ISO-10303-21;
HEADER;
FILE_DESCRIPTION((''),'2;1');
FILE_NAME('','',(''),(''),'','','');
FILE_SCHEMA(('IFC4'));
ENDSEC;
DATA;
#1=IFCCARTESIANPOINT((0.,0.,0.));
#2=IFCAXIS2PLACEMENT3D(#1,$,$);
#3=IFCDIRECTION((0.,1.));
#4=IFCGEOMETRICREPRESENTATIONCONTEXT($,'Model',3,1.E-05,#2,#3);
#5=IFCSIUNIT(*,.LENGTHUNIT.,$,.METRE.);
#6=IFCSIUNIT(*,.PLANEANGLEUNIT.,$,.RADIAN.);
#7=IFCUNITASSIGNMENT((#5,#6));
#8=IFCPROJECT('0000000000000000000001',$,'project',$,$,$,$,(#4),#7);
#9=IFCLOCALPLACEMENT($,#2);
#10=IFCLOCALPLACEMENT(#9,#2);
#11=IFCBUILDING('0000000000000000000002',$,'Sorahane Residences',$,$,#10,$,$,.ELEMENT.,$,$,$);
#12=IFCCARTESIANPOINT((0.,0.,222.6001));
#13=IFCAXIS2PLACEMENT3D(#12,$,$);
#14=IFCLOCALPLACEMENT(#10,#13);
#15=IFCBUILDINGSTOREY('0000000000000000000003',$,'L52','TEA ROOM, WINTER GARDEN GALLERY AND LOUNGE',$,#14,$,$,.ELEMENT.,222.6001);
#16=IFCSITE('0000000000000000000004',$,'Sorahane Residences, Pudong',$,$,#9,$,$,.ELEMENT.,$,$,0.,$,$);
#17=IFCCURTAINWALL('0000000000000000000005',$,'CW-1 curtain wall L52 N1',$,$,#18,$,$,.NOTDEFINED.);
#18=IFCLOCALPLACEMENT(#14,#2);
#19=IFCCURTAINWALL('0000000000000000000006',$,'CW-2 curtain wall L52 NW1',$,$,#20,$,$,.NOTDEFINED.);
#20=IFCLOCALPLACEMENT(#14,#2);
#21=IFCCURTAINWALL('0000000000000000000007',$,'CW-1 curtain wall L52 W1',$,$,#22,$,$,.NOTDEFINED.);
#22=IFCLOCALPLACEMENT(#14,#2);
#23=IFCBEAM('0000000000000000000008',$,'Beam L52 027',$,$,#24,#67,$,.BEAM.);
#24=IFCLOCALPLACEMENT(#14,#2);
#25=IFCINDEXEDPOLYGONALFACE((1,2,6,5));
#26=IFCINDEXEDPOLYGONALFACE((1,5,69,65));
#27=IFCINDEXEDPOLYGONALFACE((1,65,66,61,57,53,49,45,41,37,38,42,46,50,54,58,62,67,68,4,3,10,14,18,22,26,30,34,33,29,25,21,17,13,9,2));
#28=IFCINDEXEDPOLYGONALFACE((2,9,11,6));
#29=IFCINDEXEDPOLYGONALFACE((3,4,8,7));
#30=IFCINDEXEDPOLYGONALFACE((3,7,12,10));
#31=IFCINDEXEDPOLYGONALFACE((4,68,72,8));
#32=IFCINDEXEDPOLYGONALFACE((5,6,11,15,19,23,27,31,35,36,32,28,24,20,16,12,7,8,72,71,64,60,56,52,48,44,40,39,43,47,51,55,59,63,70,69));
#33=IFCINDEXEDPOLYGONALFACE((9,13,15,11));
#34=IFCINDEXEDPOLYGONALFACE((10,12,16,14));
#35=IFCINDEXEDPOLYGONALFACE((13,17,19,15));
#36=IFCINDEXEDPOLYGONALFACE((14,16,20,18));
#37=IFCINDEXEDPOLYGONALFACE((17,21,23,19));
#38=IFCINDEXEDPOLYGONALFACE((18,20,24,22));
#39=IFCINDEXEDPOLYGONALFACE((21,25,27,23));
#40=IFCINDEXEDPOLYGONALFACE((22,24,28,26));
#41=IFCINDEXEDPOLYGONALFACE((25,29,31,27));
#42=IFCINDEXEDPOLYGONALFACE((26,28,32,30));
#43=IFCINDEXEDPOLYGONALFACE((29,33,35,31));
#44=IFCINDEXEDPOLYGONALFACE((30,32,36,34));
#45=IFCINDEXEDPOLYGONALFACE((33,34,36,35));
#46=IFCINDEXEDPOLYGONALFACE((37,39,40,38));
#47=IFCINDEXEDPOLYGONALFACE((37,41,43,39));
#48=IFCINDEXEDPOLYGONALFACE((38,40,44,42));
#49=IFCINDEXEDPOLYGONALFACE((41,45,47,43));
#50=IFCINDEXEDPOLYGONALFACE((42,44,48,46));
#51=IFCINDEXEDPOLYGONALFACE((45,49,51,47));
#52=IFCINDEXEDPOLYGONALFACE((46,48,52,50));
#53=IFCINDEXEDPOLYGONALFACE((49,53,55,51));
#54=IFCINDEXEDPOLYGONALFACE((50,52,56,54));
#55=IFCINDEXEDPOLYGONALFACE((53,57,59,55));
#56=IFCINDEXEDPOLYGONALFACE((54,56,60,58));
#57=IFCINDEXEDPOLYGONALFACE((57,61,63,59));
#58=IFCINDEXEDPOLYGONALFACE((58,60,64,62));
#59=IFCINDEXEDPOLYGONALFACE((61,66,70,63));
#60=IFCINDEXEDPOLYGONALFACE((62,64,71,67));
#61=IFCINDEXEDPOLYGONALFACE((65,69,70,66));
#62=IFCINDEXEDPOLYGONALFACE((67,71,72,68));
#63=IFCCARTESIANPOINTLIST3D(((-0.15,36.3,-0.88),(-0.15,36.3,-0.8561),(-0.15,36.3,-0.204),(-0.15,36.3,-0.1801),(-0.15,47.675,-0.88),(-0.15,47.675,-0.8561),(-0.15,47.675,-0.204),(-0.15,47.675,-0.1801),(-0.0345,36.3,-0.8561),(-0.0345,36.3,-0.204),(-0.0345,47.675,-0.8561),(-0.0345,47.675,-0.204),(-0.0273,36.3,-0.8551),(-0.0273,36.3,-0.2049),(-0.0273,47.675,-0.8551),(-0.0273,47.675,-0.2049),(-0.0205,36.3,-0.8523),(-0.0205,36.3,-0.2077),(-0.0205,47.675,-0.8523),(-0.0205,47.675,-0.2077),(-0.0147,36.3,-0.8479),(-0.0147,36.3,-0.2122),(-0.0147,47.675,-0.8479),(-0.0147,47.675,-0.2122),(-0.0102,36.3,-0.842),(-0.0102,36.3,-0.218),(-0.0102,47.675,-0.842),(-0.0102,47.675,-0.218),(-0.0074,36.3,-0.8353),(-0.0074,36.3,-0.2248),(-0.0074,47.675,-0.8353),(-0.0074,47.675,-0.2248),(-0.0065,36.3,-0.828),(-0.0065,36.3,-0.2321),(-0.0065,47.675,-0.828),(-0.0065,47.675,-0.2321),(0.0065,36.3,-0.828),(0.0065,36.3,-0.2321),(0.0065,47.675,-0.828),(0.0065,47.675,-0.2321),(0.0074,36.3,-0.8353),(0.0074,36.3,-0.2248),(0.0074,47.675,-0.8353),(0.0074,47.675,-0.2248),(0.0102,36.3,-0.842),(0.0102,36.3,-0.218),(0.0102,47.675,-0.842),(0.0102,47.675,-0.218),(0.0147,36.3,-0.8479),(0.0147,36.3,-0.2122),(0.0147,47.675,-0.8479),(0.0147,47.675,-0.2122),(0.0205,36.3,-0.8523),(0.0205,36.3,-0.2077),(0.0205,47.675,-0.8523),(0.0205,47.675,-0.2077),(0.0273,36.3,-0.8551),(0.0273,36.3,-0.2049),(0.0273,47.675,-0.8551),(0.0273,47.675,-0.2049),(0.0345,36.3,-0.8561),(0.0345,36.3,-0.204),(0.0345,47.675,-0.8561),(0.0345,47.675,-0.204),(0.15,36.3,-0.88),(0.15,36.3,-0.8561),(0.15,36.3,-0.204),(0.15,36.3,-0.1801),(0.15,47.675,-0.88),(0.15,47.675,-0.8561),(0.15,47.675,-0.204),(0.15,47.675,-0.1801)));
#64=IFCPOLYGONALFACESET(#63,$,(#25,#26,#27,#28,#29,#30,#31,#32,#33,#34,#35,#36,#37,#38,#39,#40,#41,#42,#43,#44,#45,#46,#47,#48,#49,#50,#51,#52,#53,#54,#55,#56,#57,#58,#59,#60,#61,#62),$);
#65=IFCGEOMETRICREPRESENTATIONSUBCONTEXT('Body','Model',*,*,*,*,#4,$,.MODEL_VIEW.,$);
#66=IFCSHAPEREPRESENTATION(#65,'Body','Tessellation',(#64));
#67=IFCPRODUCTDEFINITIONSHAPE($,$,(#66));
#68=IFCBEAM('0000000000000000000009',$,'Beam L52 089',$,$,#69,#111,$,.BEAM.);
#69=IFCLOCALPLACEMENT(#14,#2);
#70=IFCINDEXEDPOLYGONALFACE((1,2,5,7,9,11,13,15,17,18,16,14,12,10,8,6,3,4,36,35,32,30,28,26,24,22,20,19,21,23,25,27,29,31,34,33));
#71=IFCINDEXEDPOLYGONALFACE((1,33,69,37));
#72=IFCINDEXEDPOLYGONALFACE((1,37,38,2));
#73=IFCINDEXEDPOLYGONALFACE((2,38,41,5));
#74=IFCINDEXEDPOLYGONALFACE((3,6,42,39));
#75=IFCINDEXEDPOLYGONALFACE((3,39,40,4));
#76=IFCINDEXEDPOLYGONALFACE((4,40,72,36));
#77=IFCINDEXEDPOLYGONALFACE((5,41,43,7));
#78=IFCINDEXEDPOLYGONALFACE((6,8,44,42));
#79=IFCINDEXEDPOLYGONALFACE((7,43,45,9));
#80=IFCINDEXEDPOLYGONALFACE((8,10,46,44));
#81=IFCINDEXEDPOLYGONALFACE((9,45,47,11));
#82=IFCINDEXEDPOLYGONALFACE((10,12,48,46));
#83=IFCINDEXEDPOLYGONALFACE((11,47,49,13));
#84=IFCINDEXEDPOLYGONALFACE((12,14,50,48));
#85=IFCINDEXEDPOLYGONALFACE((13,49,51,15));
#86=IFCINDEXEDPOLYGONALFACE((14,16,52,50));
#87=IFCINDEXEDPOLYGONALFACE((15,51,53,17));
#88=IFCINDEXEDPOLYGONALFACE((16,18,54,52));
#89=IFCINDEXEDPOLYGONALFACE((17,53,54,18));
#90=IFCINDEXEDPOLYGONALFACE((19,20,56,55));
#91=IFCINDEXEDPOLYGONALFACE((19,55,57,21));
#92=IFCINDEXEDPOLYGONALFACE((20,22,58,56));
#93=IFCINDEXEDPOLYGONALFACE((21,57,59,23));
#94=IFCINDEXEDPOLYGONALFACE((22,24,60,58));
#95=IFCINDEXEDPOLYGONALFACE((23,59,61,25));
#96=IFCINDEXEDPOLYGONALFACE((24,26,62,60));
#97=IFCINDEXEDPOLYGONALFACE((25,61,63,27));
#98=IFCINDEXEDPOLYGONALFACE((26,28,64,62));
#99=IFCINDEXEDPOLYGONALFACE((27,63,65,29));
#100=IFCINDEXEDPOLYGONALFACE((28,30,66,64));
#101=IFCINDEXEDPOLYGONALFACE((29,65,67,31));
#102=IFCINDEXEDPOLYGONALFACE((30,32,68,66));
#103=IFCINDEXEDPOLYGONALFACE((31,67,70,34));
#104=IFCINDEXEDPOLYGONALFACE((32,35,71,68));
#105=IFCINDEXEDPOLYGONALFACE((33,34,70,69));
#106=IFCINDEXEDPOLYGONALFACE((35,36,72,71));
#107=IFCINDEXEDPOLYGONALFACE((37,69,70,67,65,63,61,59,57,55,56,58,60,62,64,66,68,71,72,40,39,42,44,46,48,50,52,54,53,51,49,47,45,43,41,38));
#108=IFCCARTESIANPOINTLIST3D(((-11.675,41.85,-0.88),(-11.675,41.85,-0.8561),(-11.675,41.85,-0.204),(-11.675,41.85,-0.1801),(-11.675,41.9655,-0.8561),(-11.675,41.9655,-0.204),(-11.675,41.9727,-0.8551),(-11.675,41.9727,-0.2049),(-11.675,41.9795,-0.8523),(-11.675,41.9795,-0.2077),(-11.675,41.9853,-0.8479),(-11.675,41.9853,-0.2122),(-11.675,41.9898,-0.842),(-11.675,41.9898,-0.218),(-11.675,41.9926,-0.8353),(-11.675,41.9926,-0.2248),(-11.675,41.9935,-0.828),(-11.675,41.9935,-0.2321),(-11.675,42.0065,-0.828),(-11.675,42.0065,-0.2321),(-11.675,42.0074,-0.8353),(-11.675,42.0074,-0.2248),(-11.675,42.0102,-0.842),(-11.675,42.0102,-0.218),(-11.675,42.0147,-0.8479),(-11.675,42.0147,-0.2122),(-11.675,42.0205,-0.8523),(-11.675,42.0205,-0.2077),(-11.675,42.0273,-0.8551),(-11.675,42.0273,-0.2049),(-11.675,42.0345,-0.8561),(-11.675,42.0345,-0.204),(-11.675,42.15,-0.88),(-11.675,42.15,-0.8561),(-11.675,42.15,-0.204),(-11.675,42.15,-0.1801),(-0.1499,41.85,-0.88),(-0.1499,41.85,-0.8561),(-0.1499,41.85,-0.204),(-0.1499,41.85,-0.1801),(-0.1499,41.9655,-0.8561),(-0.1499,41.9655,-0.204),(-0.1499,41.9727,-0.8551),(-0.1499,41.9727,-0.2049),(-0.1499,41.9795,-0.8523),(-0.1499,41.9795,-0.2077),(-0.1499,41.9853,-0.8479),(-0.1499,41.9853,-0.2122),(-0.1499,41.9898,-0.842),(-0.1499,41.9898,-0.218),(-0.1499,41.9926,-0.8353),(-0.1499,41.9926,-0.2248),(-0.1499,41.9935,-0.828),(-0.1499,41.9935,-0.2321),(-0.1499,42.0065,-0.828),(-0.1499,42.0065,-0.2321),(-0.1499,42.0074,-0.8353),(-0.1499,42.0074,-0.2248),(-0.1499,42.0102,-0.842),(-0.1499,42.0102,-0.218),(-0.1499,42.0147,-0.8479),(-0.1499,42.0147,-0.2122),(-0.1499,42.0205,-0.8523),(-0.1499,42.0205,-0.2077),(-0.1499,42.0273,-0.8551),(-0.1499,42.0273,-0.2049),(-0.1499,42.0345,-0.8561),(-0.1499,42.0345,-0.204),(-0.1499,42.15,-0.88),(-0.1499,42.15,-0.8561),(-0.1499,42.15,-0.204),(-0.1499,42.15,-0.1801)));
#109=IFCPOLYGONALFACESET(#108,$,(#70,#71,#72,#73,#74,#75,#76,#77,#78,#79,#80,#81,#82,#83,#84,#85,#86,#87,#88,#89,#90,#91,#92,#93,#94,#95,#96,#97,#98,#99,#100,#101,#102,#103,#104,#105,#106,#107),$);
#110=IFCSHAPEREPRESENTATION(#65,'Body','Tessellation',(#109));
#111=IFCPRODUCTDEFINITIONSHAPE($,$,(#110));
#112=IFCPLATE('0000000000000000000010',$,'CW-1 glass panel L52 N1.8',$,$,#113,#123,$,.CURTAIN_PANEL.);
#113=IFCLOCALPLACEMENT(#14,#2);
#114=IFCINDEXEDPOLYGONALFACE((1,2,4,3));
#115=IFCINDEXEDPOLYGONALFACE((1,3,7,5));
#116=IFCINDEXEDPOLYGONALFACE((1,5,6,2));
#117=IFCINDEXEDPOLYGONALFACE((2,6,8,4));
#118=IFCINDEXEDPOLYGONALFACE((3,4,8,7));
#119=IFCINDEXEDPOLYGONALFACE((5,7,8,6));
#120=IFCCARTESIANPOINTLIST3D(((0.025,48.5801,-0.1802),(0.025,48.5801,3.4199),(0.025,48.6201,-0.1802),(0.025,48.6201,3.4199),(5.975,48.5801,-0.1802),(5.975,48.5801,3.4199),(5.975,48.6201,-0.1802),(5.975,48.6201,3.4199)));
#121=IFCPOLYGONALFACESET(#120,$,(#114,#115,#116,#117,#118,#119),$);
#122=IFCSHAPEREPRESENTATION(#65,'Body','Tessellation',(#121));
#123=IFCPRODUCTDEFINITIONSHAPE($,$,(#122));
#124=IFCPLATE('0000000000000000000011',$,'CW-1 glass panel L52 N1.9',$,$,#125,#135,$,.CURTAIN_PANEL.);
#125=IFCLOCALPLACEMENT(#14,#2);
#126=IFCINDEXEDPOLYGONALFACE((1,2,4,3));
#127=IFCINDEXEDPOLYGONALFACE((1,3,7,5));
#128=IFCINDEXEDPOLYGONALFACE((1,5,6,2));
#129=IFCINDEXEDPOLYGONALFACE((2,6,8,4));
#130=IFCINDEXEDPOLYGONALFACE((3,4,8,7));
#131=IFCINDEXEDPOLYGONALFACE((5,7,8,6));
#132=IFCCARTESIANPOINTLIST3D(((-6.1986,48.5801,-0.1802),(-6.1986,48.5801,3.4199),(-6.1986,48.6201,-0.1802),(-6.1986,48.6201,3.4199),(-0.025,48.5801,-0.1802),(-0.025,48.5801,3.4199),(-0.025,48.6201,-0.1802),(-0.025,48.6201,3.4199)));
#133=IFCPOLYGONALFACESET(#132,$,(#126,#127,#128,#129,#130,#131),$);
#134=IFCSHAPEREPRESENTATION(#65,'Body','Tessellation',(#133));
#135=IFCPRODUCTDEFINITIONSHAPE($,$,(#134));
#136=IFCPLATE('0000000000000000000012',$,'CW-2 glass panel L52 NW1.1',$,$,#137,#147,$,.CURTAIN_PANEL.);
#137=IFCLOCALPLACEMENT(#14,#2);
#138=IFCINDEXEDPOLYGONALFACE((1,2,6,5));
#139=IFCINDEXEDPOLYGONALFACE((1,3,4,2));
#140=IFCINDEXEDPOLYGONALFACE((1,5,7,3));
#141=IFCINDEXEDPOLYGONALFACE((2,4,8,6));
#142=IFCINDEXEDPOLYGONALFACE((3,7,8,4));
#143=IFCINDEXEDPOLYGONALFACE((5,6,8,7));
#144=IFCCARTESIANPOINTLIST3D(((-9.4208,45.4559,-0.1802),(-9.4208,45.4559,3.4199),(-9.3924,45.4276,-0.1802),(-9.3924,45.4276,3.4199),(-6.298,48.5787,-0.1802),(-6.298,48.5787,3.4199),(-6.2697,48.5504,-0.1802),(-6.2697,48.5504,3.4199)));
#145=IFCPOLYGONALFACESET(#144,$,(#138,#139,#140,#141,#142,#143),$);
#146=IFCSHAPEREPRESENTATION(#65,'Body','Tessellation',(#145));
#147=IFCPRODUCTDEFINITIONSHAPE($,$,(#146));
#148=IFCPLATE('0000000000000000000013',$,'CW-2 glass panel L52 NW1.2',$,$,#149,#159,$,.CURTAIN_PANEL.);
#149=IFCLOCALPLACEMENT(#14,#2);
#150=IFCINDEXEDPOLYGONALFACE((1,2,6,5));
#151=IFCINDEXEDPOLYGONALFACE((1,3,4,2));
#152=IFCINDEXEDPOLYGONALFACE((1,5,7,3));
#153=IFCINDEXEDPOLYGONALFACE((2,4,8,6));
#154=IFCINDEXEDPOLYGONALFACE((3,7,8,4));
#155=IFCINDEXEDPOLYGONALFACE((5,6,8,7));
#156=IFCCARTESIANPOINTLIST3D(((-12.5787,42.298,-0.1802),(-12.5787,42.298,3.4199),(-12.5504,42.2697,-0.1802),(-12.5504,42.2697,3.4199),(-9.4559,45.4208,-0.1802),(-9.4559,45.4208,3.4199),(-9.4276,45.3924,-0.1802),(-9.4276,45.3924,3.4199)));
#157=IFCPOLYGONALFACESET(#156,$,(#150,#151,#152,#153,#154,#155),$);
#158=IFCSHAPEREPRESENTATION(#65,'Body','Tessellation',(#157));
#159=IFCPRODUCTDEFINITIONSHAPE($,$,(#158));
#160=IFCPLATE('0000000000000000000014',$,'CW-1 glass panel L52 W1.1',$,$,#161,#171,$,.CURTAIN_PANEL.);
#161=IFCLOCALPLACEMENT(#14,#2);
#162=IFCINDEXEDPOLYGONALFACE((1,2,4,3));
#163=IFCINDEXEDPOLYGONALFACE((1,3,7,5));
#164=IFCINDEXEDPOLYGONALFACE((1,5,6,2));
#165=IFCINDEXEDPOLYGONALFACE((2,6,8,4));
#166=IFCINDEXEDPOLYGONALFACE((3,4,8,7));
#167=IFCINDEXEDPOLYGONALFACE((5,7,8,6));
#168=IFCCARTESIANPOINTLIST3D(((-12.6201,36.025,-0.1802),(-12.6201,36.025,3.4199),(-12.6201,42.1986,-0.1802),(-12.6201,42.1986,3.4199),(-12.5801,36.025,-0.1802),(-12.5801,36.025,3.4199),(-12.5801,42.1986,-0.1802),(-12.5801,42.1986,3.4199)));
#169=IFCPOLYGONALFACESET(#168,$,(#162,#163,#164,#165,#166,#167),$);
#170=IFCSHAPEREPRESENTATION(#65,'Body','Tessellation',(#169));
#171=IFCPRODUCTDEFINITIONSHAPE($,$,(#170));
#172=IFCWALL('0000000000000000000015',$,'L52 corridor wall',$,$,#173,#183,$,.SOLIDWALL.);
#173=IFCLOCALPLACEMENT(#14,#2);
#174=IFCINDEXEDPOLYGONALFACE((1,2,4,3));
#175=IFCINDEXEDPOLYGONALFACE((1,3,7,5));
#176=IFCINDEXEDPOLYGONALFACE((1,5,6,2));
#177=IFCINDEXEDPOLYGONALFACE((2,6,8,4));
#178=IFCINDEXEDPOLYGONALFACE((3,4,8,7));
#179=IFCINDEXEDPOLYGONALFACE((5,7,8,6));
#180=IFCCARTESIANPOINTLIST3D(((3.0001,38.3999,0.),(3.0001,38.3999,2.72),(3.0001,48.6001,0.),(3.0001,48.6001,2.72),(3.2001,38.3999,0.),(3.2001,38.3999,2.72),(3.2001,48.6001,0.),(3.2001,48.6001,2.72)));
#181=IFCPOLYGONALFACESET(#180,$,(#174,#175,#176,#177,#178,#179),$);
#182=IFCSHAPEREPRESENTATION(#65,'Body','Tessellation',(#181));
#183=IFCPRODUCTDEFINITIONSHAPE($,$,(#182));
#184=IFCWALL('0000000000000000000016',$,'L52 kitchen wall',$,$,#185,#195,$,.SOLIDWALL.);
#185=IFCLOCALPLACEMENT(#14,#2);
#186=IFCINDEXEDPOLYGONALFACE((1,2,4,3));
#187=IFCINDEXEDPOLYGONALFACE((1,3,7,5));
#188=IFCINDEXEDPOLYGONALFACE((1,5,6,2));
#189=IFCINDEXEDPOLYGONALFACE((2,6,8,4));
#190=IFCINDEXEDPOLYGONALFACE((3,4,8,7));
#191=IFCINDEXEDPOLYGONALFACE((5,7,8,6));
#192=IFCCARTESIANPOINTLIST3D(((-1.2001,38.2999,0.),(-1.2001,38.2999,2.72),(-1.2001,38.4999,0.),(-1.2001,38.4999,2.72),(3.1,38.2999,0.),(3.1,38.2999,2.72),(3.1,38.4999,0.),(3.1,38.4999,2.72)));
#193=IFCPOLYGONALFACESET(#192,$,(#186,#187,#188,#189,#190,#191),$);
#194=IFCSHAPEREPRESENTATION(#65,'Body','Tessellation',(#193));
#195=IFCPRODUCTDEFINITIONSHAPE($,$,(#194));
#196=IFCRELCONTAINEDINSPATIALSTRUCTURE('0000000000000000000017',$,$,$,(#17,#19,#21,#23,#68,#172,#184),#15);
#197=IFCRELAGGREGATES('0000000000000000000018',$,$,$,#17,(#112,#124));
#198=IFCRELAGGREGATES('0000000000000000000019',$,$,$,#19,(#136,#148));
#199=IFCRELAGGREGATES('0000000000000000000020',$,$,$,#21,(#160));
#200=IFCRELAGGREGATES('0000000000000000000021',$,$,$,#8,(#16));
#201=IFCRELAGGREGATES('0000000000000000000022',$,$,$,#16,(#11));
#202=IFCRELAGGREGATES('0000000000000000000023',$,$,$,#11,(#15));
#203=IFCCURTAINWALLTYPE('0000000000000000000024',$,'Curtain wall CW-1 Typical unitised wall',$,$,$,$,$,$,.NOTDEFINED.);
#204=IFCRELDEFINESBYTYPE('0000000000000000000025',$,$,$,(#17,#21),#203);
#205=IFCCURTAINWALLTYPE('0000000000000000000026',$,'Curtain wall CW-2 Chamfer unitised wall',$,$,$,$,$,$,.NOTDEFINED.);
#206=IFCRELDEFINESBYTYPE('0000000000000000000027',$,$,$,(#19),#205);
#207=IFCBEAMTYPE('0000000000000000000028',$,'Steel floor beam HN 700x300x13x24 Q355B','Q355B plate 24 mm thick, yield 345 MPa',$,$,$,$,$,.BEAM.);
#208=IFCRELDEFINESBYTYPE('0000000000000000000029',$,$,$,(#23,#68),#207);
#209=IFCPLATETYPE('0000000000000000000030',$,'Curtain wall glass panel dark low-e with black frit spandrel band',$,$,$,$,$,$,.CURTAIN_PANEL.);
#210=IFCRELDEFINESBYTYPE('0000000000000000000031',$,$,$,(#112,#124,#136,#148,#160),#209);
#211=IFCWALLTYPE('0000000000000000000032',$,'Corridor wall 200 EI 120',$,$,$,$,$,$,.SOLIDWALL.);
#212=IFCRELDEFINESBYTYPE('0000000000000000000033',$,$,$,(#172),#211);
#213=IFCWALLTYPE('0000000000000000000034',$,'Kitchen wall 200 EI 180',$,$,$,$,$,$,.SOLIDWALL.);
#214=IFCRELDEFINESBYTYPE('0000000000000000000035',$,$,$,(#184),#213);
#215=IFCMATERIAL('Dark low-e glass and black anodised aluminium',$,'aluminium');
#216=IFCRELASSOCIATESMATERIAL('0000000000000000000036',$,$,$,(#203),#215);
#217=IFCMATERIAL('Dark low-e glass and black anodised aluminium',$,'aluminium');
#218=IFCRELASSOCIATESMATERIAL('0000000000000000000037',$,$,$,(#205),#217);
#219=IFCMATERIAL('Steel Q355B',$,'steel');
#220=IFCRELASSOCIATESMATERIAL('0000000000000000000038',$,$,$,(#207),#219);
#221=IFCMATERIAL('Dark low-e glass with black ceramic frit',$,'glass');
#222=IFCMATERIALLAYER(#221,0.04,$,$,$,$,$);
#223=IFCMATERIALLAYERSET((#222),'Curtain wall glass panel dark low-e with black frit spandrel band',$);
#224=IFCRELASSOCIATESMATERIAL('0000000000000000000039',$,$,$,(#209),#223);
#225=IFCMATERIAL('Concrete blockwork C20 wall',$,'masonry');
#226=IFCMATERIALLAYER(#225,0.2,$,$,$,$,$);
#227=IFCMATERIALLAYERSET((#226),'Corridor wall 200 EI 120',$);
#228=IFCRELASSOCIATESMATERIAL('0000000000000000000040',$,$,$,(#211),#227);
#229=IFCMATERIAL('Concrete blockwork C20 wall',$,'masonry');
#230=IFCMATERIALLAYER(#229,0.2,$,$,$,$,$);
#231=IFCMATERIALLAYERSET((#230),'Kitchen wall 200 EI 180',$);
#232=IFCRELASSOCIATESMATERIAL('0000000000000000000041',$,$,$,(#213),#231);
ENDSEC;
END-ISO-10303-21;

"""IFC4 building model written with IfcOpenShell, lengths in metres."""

from ifc_helpers import new_model, si_unit, direction, frame, frame_2d, origin, origin_2d, place, context, subcontext, project, spatial, rectangle, i_section, extrude, material, layer, layer_set, material_profile, profile_set, type_object, element, aggregate, save


model = new_model("IFC4")

# Units and contexts
model_context = context("Model", 3, precision=1e-05, world=origin(), true_north=direction((0.0, 1.0)))
body_context = subcontext(model_context, "Body", "Model", "MODEL_VIEW")
ifc_project = project(units=[si_unit("LENGTHUNIT", "METRE"), si_unit("PLANEANGLEUNIT", "RADIAN")], contexts=[model_context])

# Site, building, storey
site_placement = place(None, origin())
site = spatial("IfcSite", under=ifc_project, at=site_placement, Name="Sorahane Residences, Pudong", CompositionType="ELEMENT", RefElevation=0.0)
building_placement = place(site_placement, origin())
building = spatial("IfcBuilding", under=site, at=building_placement, Name="Sorahane Residences", CompositionType="ELEMENT")
storey_placement = place(building_placement, frame((0.0, 0.0, 222.6001)))
storey = spatial("IfcBuildingStorey", under=building, at=storey_placement, Name="L52", Description="TEA ROOM, WINTER GARDEN GALLERY AND LOUNGE", CompositionType="ELEMENT", Elevation=222.6001)

# Curtain walls
ifc_material_1 = material(Name="Dark low-e glass and black anodised aluminium", Category="aluminium")
curtain_wall_type_1 = type_object("IfcCurtainWallType", Name="Curtain wall CW-1 Typical unitised wall", PredefinedType="NOTDEFINED", material=ifc_material_1)
curtain_wall_1_placement = place(storey_placement, origin())
curtain_wall_1 = element("IfcCurtainWall", 1, at=curtain_wall_1_placement, inside=storey, type_object=curtain_wall_type_1, Name="CW-1 curtain wall L52 N1", PredefinedType="NOTDEFINED")
ifc_material_2 = material(Name="Dark low-e glass and black anodised aluminium", Category="aluminium")
curtain_wall_type_2 = type_object("IfcCurtainWallType", Name="Curtain wall CW-2 Chamfer unitised wall", PredefinedType="NOTDEFINED", material=ifc_material_2)
curtain_wall_2_placement = place(storey_placement, origin())
curtain_wall_2 = element("IfcCurtainWall", 2, at=curtain_wall_2_placement, inside=storey, type_object=curtain_wall_type_2, Name="CW-2 curtain wall L52 NW1", PredefinedType="NOTDEFINED")

# Curtain wall
curtain_wall_3_placement = place(storey_placement, origin())
curtain_wall_3 = element("IfcCurtainWall", 3, at=curtain_wall_3_placement, inside=storey, type_object=curtain_wall_type_1, Name="CW-1 curtain wall L52 W1", PredefinedType="NOTDEFINED")

# Beams
ifc_material_3 = material(Name="Steel Q355B", Category="steel")
ifc_material_profile_1 = material_profile(ifc_material_3, i_section(OverallWidth=0.3, OverallDepth=0.7, WebThickness=0.0129, FlangeThickness=0.0239, FilletRadius=0.0281, at=origin_2d()), Name="HN 700x300x13x24")
ifc_profile_set_1 = profile_set([ifc_material_profile_1], Name="Steel Q355B")
beam_type_1 = type_object("IfcBeamType", Name="Steel floor beam HN 700x300x13x24 Q355B", Description="Q355B plate 24 mm thick, yield 345 MPa", PredefinedType="BEAM", material=ifc_profile_set_1)
beam_1_placement = place(storey_placement, frame((0.0, 36.3, -0.53), z_axis=(0.0, 1.0, 0.0), x_axis=(-1.0, 0.0, 0.0)))
element("IfcBeam", 4, at=beam_1_placement, inside=storey, type_object=beam_type_1, Name="Beam L52 027", PredefinedType="BEAM", context=body_context, shape_type="SweptSolid", body=[
    extrude(i_section(OverallWidth=0.3, OverallDepth=0.7, WebThickness=0.0129, FlangeThickness=0.0239, FilletRadius=0.0281, at=origin_2d()), origin(), (0.0, 0.0, 1.0), 11.375),
])
beam_2_placement = place(storey_placement, frame((-11.675, 42.0, -0.53), z_axis=(1.0, 0.0, 0.0), x_axis=(0.0, 1.0, 0.0)))
element("IfcBeam", 5, at=beam_2_placement, inside=storey, type_object=beam_type_1, Name="Beam L52 089", PredefinedType="BEAM", context=body_context, shape_type="SweptSolid", body=[
    extrude(i_section(OverallWidth=0.3, OverallDepth=0.7, WebThickness=0.0129, FlangeThickness=0.0239, FilletRadius=0.0281, at=origin_2d()), origin(), (0.0, 0.0, 1.0), 11.5251),
])

# Plates
ifc_material_4 = material(Name="Dark low-e glass with black ceramic frit", Category="glass")
ifc_layer_1 = layer(ifc_material_4, 0.04)
ifc_layer_set_1 = layer_set([ifc_layer_1], Name="Curtain wall glass panel dark low-e with black frit spandrel band")
plate_type = type_object("IfcPlateType", Name="Curtain wall glass panel dark low-e with black frit spandrel band", PredefinedType="CURTAIN_PANEL", material=ifc_layer_set_1)
plate_1_placement = place(storey_placement, frame((3.0, 48.6001, -0.1802), z_axis=(0.0, 0.0, 1.0), x_axis=(-1.0, 0.0, 0.0)))
plate_1 = element("IfcPlate", 6, at=plate_1_placement, type_object=plate_type, Name="CW-1 glass panel L52 N1.8", PredefinedType="CURTAIN_PANEL", context=body_context, shape_type="SweptSolid", body=[
    extrude(rectangle(XDim=5.95, YDim=0.04, at=origin_2d()), origin(), (0.0, 0.0, 1.0), 3.6001),
])
plate_2_placement = place(storey_placement, frame((-3.1118, 48.6001, -0.1802), z_axis=(0.0, 0.0, 1.0), x_axis=(-1.0, 0.0, 0.0)))
plate_2 = element("IfcPlate", 7, at=plate_2_placement, type_object=plate_type, Name="CW-1 glass panel L52 N1.9", PredefinedType="CURTAIN_PANEL", context=body_context, shape_type="SweptSolid", body=[
    extrude(rectangle(XDim=6.1736, YDim=0.04, at=origin_2d()), origin(), (0.0, 0.0, 1.0), 3.6001),
])
aggregate(curtain_wall_1, [plate_1, plate_2])
plate_3_placement = place(storey_placement, frame((-7.8452, 47.0032, -0.1802), z_axis=(0.0, 0.0, 1.0), x_axis=(-0.707107, -0.707107, 0.0)))
plate_3 = element("IfcPlate", 8, at=plate_3_placement, type_object=plate_type, Name="CW-2 glass panel L52 NW1.1", PredefinedType="CURTAIN_PANEL", context=body_context, shape_type="SweptSolid", body=[
    extrude(rectangle(XDim=4.4163, YDim=0.04, at=origin_2d()), origin(), (0.0, 0.0, 1.0), 3.6001),
])
plate_4_placement = place(storey_placement, frame((-11.0032, 43.8452, -0.1802), z_axis=(0.0, 0.0, 1.0), x_axis=(-0.707107, -0.707107, 0.0)))
plate_4 = element("IfcPlate", 9, at=plate_4_placement, type_object=plate_type, Name="CW-2 glass panel L52 NW1.2", PredefinedType="CURTAIN_PANEL", context=body_context, shape_type="SweptSolid", body=[
    extrude(rectangle(XDim=4.4163, YDim=0.04, at=origin_2d()), origin(), (0.0, 0.0, 1.0), 3.6001),
])
aggregate(curtain_wall_2, [plate_3, plate_4])
plate_5_placement = place(storey_placement, frame((-12.6001, 39.1118, -0.1802), z_axis=(0.0, 0.0, 1.0), x_axis=(0.0, -1.0, 0.0)))
plate_5 = element("IfcPlate", 10, at=plate_5_placement, type_object=plate_type, Name="CW-1 glass panel L52 W1.1", PredefinedType="CURTAIN_PANEL", context=body_context, shape_type="SweptSolid", body=[
    extrude(rectangle(XDim=6.1736, YDim=0.04, at=origin_2d()), origin(), (0.0, 0.0, 1.0), 3.6001),
])
aggregate(curtain_wall_3, [plate_5])

# Walls
ifc_material_5 = material(Name="Concrete blockwork C20 wall", Category="masonry")
ifc_layer_2 = layer(ifc_material_5, 0.2)
ifc_layer_set_2 = layer_set([ifc_layer_2], Name="Corridor wall 200 EI 120")
wall_type_1 = type_object("IfcWallType", Name="Corridor wall 200 EI 120", PredefinedType="SOLIDWALL", material=ifc_layer_set_2)
wall_1_placement = place(storey_placement, frame((3.1001, 38.3999, 0.0), z_axis=(0.0, 0.0, 1.0), x_axis=(0.0, 1.0, 0.0)))
element("IfcWall", 11, at=wall_1_placement, inside=storey, type_object=wall_type_1, Name="L52 corridor wall", PredefinedType="SOLIDWALL", context=body_context, shape_type="SweptSolid", body=[
    extrude(rectangle(XDim=10.2002, YDim=0.2, at=frame_2d((5.1001, 0.0))), origin(), (0.0, 0.0, 1.0), 2.72),
])
ifc_material_6 = material(Name="Concrete blockwork C20 wall", Category="masonry")
ifc_layer_3 = layer(ifc_material_6, 0.2)
ifc_layer_set_3 = layer_set([ifc_layer_3], Name="Kitchen wall 200 EI 180")
wall_type_2 = type_object("IfcWallType", Name="Kitchen wall 200 EI 180", PredefinedType="SOLIDWALL", material=ifc_layer_set_3)
wall_2_placement = place(storey_placement, frame((-1.2, 38.3999, 0.0), z_axis=(0.0, 0.0, 1.0), x_axis=(1.0, 0.0, 0.0)))
element("IfcWall", 12, at=wall_2_placement, inside=storey, type_object=wall_type_2, Name="L52 kitchen wall", PredefinedType="SOLIDWALL", context=body_context, shape_type="SweptSolid", body=[
    extrude(rectangle(XDim=4.3, YDim=0.2, at=frame_2d((2.1499, 0.0))), origin(), (0.0, 0.0, 1.0), 2.72),
])

save(model, "model.ifc")
